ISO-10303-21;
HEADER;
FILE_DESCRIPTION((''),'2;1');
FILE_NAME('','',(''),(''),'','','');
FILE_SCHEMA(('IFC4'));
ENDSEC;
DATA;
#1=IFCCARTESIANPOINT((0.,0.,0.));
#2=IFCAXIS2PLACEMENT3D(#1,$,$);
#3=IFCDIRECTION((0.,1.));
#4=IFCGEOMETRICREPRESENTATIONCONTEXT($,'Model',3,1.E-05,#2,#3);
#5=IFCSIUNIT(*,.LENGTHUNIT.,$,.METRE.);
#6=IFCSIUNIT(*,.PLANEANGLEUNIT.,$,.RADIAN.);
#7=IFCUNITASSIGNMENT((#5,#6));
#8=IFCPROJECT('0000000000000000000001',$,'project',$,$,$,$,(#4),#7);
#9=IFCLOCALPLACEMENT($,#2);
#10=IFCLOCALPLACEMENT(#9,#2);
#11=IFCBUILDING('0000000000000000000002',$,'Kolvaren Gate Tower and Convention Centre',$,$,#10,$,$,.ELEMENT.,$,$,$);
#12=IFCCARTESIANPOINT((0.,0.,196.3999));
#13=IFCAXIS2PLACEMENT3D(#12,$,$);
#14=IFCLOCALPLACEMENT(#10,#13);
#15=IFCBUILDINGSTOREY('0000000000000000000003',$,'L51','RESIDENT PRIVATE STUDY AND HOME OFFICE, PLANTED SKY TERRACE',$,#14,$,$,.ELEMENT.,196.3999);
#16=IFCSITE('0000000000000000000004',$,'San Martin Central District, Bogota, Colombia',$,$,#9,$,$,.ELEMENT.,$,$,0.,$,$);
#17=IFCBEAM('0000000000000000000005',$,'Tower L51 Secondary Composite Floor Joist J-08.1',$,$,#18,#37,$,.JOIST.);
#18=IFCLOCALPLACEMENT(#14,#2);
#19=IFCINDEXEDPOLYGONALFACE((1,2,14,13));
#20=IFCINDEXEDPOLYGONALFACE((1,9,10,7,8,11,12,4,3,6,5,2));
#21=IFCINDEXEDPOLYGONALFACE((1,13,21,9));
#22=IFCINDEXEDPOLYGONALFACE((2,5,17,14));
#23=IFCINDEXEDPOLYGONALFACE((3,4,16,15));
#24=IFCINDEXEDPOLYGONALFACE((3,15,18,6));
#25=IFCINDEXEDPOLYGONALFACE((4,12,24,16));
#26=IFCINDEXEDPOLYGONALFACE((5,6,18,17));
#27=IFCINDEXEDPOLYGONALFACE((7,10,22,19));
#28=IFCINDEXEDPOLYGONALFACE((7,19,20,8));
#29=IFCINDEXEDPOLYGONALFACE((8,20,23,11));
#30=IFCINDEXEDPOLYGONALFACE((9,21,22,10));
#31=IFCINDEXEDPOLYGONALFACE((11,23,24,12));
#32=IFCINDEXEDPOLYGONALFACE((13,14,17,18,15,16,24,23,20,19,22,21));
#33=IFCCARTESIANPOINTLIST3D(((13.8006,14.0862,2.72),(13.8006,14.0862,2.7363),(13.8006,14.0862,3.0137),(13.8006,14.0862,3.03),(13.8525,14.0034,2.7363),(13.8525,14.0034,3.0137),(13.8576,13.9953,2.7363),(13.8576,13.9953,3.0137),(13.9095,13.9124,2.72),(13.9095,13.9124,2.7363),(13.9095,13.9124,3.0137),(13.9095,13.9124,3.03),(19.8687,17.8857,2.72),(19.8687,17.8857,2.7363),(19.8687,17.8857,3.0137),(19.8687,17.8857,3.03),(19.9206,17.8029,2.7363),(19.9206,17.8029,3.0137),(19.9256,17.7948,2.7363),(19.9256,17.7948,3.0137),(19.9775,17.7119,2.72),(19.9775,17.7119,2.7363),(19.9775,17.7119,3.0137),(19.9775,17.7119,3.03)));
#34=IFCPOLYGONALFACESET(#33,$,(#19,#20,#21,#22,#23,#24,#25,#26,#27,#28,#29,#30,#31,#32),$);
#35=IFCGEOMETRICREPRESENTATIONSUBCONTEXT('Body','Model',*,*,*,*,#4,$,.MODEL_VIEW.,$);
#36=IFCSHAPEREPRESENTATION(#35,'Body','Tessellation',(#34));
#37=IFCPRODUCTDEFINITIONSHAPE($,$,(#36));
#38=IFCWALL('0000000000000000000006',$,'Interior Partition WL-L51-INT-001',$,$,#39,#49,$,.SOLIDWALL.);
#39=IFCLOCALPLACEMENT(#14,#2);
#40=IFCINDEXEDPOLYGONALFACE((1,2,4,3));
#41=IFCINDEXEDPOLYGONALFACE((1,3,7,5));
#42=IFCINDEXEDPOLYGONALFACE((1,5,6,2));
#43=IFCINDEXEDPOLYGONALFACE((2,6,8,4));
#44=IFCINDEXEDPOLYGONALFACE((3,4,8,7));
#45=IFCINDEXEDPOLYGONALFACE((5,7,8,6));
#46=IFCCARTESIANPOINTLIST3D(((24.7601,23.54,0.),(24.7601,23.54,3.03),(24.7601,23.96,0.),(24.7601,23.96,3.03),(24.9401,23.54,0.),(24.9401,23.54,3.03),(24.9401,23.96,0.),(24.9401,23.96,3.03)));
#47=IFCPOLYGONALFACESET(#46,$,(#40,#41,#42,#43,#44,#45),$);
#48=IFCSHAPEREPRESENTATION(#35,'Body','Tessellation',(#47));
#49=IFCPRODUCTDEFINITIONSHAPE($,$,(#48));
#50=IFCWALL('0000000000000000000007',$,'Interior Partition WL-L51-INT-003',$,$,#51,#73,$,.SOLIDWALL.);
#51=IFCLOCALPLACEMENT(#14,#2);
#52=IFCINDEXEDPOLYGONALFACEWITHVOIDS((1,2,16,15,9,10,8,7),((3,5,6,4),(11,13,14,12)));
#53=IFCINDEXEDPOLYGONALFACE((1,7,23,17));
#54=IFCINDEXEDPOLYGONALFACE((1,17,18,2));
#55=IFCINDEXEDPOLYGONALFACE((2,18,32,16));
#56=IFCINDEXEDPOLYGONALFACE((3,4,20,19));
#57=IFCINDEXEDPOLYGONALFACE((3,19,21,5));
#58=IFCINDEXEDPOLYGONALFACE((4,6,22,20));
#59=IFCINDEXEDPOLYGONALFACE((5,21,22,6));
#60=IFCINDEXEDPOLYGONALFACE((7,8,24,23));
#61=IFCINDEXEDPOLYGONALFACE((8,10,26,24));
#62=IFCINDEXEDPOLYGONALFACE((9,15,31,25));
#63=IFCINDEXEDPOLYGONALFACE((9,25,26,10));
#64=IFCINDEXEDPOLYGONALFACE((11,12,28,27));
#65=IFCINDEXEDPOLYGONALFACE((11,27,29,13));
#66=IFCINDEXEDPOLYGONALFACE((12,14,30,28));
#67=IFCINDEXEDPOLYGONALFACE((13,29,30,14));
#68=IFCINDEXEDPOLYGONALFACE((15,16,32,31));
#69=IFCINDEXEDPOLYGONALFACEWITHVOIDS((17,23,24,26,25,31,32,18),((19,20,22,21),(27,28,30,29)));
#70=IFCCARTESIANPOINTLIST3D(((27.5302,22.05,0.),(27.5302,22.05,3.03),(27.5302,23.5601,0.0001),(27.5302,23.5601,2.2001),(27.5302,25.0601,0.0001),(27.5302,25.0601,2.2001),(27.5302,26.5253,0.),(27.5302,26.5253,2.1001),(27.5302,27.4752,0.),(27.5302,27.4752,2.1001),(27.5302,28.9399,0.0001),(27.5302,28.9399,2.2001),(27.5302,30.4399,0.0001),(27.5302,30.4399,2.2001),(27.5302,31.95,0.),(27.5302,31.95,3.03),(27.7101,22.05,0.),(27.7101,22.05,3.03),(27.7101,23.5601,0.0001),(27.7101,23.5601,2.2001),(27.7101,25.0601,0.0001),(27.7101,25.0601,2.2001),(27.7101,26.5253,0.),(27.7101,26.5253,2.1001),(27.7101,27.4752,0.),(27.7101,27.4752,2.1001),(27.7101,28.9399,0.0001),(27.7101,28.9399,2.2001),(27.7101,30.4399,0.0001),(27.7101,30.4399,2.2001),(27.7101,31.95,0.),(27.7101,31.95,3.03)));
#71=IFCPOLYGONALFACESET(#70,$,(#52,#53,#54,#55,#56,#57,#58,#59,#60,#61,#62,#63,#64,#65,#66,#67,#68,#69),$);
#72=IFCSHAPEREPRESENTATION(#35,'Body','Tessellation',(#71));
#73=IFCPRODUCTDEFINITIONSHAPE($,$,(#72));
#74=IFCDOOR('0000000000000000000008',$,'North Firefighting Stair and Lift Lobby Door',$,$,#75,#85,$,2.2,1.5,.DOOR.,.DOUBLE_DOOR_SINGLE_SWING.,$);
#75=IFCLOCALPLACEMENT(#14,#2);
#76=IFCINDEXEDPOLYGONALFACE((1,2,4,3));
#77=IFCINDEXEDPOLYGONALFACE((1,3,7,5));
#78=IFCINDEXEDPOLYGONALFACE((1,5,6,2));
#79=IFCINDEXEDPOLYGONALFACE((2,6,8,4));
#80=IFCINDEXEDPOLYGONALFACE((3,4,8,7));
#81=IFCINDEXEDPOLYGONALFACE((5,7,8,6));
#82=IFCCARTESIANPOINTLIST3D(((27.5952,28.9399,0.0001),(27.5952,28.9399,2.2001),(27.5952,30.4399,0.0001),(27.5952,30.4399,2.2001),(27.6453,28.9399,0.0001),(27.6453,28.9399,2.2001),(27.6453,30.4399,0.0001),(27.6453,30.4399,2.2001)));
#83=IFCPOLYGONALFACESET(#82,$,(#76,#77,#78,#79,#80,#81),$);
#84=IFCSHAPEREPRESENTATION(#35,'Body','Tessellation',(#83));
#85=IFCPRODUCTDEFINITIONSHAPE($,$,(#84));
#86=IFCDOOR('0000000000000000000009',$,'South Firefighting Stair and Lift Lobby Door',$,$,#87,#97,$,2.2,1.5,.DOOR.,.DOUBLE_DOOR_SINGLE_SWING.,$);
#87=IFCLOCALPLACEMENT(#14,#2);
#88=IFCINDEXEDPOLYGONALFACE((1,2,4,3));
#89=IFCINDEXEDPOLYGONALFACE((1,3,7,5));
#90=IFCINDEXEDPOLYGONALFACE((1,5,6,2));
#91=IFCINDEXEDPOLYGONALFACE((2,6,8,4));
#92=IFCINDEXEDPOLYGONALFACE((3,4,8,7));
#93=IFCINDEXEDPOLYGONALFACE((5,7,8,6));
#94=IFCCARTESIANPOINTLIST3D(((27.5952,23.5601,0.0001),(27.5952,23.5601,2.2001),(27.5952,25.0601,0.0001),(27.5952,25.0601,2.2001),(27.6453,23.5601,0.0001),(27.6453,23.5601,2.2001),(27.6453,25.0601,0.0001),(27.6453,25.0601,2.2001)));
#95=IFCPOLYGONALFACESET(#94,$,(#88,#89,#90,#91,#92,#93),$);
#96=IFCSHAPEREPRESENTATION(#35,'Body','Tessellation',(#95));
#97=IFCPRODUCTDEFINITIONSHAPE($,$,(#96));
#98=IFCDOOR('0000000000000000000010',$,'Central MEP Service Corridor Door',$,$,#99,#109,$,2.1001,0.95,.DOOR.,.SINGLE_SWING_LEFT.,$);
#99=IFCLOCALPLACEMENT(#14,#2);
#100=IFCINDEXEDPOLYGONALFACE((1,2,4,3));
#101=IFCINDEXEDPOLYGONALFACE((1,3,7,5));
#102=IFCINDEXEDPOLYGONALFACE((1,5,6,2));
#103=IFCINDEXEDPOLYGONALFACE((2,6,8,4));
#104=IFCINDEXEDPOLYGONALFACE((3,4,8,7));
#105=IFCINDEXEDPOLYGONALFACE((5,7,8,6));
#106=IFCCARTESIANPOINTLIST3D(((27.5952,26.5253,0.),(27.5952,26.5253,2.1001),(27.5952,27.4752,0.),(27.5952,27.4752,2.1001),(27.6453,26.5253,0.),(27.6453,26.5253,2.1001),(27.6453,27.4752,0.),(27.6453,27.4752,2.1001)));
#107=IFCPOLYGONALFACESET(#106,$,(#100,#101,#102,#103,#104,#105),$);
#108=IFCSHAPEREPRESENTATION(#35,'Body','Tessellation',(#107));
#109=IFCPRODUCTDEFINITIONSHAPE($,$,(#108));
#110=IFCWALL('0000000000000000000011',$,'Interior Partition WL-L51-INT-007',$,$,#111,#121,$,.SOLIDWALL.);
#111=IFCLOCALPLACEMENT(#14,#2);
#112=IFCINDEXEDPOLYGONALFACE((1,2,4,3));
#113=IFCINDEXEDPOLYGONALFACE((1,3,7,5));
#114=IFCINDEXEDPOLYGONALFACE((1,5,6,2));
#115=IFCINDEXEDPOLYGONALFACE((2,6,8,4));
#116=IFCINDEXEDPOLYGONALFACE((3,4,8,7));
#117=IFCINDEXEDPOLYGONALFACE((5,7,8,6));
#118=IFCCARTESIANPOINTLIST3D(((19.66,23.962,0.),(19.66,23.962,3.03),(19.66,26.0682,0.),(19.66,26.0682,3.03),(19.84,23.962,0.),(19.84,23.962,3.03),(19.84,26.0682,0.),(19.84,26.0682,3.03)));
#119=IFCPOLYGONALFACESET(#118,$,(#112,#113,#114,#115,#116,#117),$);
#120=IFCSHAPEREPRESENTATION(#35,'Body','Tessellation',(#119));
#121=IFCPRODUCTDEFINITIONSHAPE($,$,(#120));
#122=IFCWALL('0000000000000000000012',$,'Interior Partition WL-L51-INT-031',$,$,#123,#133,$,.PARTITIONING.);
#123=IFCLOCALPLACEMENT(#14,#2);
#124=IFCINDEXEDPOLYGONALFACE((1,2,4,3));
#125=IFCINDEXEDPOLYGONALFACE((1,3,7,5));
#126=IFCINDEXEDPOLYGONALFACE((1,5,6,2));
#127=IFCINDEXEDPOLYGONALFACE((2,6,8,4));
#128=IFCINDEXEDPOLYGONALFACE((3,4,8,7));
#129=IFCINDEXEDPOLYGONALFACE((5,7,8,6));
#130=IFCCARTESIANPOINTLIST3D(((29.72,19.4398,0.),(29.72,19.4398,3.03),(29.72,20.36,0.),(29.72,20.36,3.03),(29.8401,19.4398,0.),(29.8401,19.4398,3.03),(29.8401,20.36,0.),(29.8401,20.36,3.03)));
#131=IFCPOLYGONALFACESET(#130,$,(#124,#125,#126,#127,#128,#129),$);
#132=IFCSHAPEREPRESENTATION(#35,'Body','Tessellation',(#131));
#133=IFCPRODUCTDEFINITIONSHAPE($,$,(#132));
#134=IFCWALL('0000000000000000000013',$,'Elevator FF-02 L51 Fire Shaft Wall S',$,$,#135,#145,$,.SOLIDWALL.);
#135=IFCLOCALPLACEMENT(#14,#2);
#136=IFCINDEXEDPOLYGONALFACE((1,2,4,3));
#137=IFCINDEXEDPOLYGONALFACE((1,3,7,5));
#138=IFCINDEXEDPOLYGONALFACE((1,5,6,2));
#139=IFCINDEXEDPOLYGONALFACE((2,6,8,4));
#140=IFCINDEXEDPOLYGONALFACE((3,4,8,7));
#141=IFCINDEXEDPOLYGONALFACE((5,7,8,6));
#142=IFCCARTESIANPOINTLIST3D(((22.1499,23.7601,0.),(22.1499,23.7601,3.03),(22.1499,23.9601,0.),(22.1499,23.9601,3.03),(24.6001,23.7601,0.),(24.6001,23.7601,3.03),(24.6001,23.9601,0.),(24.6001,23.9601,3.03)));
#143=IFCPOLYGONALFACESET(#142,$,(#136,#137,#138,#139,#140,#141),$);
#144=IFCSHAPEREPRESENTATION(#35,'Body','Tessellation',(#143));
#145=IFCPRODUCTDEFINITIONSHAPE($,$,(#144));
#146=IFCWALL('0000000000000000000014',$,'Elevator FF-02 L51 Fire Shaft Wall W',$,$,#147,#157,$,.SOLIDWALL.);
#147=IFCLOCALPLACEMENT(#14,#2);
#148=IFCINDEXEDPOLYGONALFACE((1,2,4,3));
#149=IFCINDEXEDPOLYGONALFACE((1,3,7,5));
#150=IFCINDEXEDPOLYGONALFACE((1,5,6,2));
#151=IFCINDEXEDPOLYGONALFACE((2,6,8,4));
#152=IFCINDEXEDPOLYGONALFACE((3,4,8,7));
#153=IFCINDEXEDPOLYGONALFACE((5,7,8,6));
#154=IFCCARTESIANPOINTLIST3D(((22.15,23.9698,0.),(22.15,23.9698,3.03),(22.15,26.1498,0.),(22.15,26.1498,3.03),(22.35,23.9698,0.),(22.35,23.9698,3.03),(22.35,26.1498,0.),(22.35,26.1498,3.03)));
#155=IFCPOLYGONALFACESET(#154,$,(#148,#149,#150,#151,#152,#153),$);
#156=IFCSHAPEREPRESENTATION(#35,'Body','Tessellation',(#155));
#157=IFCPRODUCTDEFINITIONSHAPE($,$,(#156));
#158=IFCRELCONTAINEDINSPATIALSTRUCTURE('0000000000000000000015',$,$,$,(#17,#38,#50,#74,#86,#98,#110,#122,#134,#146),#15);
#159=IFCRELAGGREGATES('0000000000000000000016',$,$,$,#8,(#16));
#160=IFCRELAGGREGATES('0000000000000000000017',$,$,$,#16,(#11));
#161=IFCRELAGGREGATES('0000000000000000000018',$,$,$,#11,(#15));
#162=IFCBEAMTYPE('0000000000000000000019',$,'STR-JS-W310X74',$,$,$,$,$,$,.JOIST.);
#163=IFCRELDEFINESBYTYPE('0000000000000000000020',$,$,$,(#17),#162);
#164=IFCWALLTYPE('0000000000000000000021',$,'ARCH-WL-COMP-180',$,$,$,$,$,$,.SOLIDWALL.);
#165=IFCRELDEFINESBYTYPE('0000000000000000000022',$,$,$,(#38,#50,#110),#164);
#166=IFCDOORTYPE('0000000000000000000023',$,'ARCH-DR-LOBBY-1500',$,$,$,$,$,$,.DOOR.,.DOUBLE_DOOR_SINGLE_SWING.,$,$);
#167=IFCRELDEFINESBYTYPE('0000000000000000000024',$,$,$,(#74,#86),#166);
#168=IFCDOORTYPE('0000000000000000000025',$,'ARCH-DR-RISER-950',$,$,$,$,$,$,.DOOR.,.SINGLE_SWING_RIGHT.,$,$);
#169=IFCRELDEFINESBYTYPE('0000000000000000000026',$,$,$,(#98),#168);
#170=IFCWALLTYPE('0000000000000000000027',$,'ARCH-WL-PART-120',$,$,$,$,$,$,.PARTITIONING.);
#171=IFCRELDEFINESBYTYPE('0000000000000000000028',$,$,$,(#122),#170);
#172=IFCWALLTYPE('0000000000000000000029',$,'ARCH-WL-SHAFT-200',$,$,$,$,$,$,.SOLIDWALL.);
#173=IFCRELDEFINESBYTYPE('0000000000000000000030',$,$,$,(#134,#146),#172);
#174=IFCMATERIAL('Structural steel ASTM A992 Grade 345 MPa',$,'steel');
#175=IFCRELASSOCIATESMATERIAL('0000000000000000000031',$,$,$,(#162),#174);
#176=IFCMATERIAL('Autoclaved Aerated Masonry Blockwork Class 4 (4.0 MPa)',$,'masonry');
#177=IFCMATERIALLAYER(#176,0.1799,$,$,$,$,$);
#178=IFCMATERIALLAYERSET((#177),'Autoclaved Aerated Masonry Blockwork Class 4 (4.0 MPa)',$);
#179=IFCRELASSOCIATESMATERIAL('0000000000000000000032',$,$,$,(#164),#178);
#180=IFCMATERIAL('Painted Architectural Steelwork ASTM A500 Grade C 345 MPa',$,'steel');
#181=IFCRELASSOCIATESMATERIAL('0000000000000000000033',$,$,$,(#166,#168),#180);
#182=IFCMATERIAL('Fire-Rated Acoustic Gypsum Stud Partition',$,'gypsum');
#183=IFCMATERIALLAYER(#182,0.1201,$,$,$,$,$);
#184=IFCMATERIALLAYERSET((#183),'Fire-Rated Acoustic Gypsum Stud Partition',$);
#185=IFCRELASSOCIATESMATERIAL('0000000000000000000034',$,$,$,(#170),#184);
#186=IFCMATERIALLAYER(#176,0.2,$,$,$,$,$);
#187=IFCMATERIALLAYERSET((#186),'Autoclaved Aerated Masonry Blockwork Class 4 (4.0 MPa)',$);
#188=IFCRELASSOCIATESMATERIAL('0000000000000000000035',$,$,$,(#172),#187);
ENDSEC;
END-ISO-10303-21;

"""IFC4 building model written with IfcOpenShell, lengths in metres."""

from ifc_helpers import new_model, si_unit, direction, frame, frame_2d, origin, origin_2d, place, context, subcontext, project, spatial, rectangle, i_section, extrude, material, layer, layer_set, material_profile, profile_set, type_object, element, fill, save


model = new_model("IFC4")

# Units and contexts
model_context = context("Model", 3, precision=1e-05, world=origin(), true_north=direction((0.0, 1.0)))
body_context = subcontext(model_context, "Body", "Model", "MODEL_VIEW")
ifc_project = project(units=[si_unit("LENGTHUNIT", "METRE"), si_unit("PLANEANGLEUNIT", "RADIAN")], contexts=[model_context])

# Site, building, storey
site_placement = place(None, origin())
site = spatial("IfcSite", under=ifc_project, at=site_placement, Name="San Martin Central District, Bogota, Colombia", CompositionType="ELEMENT", RefElevation=0.0)
building_placement = place(site_placement, origin())
building = spatial("IfcBuilding", under=site, at=building_placement, Name="Kolvaren Gate Tower and Convention Centre", CompositionType="ELEMENT")
storey_placement = place(building_placement, frame((0.0, 0.0, 196.3999)))
storey = spatial("IfcBuildingStorey", under=building, at=storey_placement, Name="L51", Description="RESIDENT PRIVATE STUDY AND HOME OFFICE, PLANTED SKY TERRACE", CompositionType="ELEMENT", Elevation=196.3999)

# Beam
ifc_material_1 = material(Name="Structural steel ASTM A992 Grade 345 MPa", Category="steel")
ifc_material_profile = material_profile(ifc_material_1, i_section(OverallWidth=0.2051, OverallDepth=0.3101, WebThickness=0.0095, FlangeThickness=0.0164, at=origin_2d()), Name="W310X74")
ifc_profile_set = profile_set([ifc_material_profile], Name="Structural steel ASTM A992 Grade 345 MPa")
beam_type = type_object("IfcBeamType", Name="STR-JS-W310X74", PredefinedType="JOIST", material=ifc_profile_set)
beam_placement = place(storey_placement, frame((19.9231, 17.7988, 2.875), z_axis=(-0.847559, -0.530701, 0.0), x_axis=(0.530701, -0.847559, 0.0)))
element("IfcBeam", 1, at=beam_placement, inside=storey, type_object=beam_type, Name="Tower L51 Secondary Composite Floor Joist J-08.1", PredefinedType="JOIST", context=body_context, shape_type="SweptSolid", body=[
    extrude(i_section(OverallWidth=0.2051, OverallDepth=0.3101, WebThickness=0.0095, FlangeThickness=0.0164, at=origin_2d()), origin(), (0.0, 0.0, 1.0), 7.1594),
])

# Wall
ifc_material_2 = material(Name="Autoclaved Aerated Masonry Blockwork Class 4 (4.0 MPa)", Category="masonry")
ifc_layer_1 = layer(ifc_material_2, 0.1799)
ifc_layer_set_1 = layer_set([ifc_layer_1], Name="Autoclaved Aerated Masonry Blockwork Class 4 (4.0 MPa)")
wall_type_1 = type_object("IfcWallType", Name="ARCH-WL-COMP-180", PredefinedType="SOLIDWALL", material=ifc_layer_set_1)
wall_1_placement = place(storey_placement, frame((24.8501, 23.54, 0.0), z_axis=(0.0, 0.0, 1.0), x_axis=(0.0, 1.0, 0.0)))
element("IfcWall", 2, at=wall_1_placement, inside=storey, type_object=wall_type_1, Name="Interior Partition WL-L51-INT-001", PredefinedType="SOLIDWALL", context=body_context, shape_type="SweptSolid", body=[
    extrude(rectangle(XDim=0.4199, YDim=0.1799, at=frame_2d((0.21, 0.0))), origin(), (0.0, 0.0, 1.0), 3.03),
])

# Wall, openings, doors
wall_2_placement = place(storey_placement, frame((27.6201, 22.05, 0.0), z_axis=(0.0, 0.0, 1.0), x_axis=(0.0, 1.0, 0.0)))
wall_2 = element("IfcWall", 3, at=wall_2_placement, inside=storey, type_object=wall_type_1, Name="Interior Partition WL-L51-INT-003", PredefinedType="SOLIDWALL", context=body_context, shape_type="SweptSolid", body=[
    extrude(rectangle(XDim=9.8999, YDim=0.1799, at=frame_2d((4.95, 0.0))), origin(), (0.0, 0.0, 1.0), 3.03),
])
opening_1_placement = place(wall_2_placement, frame((4.4751, 0.0, 0.0)))
opening_1 = element("IfcOpeningElement", 4, at=opening_1_placement, cuts=wall_2, PredefinedType="OPENING", context=body_context, shape_type="SweptSolid", body=[
    extrude(rectangle(XDim=0.95, YDim=2.1001, at=frame_2d((0.4751, 1.05))), frame((0.0, 0.0999, 0.0), z_axis=(0.0, -1.0, 0.0), x_axis=(1.0, 0.0, 0.0)), (0.0, 0.0, 1.0), 0.2),
])
opening_2_placement = place(wall_2_placement, frame((6.8899, 0.0, 0.0)))
opening_2 = element("IfcOpeningElement", 5, at=opening_2_placement, cuts=wall_2, PredefinedType="OPENING", context=body_context, shape_type="SweptSolid", body=[
    extrude(rectangle(XDim=1.5, YDim=2.2, at=frame_2d((0.75, 1.1001))), frame((0.0, 0.0999, 0.0), z_axis=(0.0, -1.0, 0.0), x_axis=(1.0, 0.0, 0.0)), (0.0, 0.0, 1.0), 0.2),
])
opening_3_placement = place(wall_2_placement, frame((1.51, 0.0, 0.0)))
opening_3 = element("IfcOpeningElement", 6, at=opening_3_placement, cuts=wall_2, PredefinedType="OPENING", context=body_context, shape_type="SweptSolid", body=[
    extrude(rectangle(XDim=1.5, YDim=2.2, at=frame_2d((0.75, 1.1001))), frame((0.0, 0.0999, 0.0), z_axis=(0.0, -1.0, 0.0), x_axis=(1.0, 0.0, 0.0)), (0.0, 0.0, 1.0), 0.2),
])
ifc_material_3 = material(Name="Painted Architectural Steelwork ASTM A500 Grade C 345 MPa", Category="steel")
door_type_1 = type_object("IfcDoorType", Name="ARCH-DR-LOBBY-1500", OperationType="DOUBLE_DOOR_SINGLE_SWING", PredefinedType="DOOR", material=ifc_material_3)
door_1_placement = place(opening_2_placement, origin())
door_1 = element("IfcDoor", 7, at=door_1_placement, inside=storey, type_object=door_type_1, Name="North Firefighting Stair and Lift Lobby Door", OperationType="DOUBLE_DOOR_SINGLE_SWING", OverallHeight=2.2, OverallWidth=1.5, PredefinedType="DOOR", context=body_context, shape_type="SweptSolid", body=[
    extrude(rectangle(XDim=1.5, YDim=2.2, at=frame_2d((0.75, 1.1001))), frame((0.0, 0.0249, 0.0), z_axis=(0.0, -1.0, 0.0), x_axis=(1.0, 0.0, 0.0)), (0.0, 0.0, 1.0), 0.05),
])
fill(opening_2, door_1)
door_2_placement = place(opening_3_placement, origin())
door_2 = element("IfcDoor", 8, at=door_2_placement, inside=storey, type_object=door_type_1, Name="South Firefighting Stair and Lift Lobby Door", OperationType="DOUBLE_DOOR_SINGLE_SWING", OverallHeight=2.2, OverallWidth=1.5, PredefinedType="DOOR", context=body_context, shape_type="SweptSolid", body=[
    extrude(rectangle(XDim=1.5, YDim=2.2, at=frame_2d((0.75, 1.1001))), frame((0.0, 0.0249, 0.0), z_axis=(0.0, -1.0, 0.0), x_axis=(1.0, 0.0, 0.0)), (0.0, 0.0, 1.0), 0.05),
])
fill(opening_3, door_2)
door_type_2 = type_object("IfcDoorType", Name="ARCH-DR-RISER-950", OperationType="SINGLE_SWING_RIGHT", PredefinedType="DOOR", material=ifc_material_3)
door_3_placement = place(opening_1_placement, origin())
door_3 = element("IfcDoor", 9, at=door_3_placement, inside=storey, type_object=door_type_2, Name="Central MEP Service Corridor Door", OperationType="SINGLE_SWING_LEFT", OverallHeight=2.1001, OverallWidth=0.95, PredefinedType="DOOR", context=body_context, shape_type="SweptSolid", body=[
    extrude(rectangle(XDim=0.95, YDim=2.1001, at=frame_2d((0.4751, 1.05))), frame((0.0, 0.0249, 0.0), z_axis=(0.0, -1.0, 0.0), x_axis=(1.0, 0.0, 0.0)), (0.0, 0.0, 1.0), 0.05),
])
fill(opening_1, door_3)

# Walls
wall_3_placement = place(storey_placement, frame((19.75, 23.9619, 0.0), z_axis=(0.0, 0.0, 1.0), x_axis=(0.0, 1.0, 0.0)))
element("IfcWall", 10, at=wall_3_placement, inside=storey, type_object=wall_type_1, Name="Interior Partition WL-L51-INT-007", PredefinedType="SOLIDWALL", context=body_context, shape_type="SweptSolid", body=[
    extrude(rectangle(XDim=2.1062, YDim=0.1799, at=frame_2d((1.0532, 0.0))), origin(), (0.0, 0.0, 1.0), 3.03),
])
ifc_material_4 = material(Name="Fire-Rated Acoustic Gypsum Stud Partition", Category="gypsum")
ifc_layer_2 = layer(ifc_material_4, 0.1201)
ifc_layer_set_2 = layer_set([ifc_layer_2], Name="Fire-Rated Acoustic Gypsum Stud Partition")
wall_type_2 = type_object("IfcWallType", Name="ARCH-WL-PART-120", PredefinedType="PARTITIONING", material=ifc_layer_set_2)
wall_4_placement = place(storey_placement, frame((29.78, 19.4399, 0.0), z_axis=(0.0, 0.0, 1.0), x_axis=(0.0, 1.0, 0.0)))
element("IfcWall", 11, at=wall_4_placement, inside=storey, type_object=wall_type_2, Name="Interior Partition WL-L51-INT-031", PredefinedType="PARTITIONING", context=body_context, shape_type="SweptSolid", body=[
    extrude(rectangle(XDim=0.9202, YDim=0.1201, at=frame_2d((0.46, 0.0))), origin(), (0.0, 0.0, 1.0), 3.03),
])
ifc_layer_3 = layer(ifc_material_2, 0.2)
ifc_layer_set_3 = layer_set([ifc_layer_3], Name="Autoclaved Aerated Masonry Blockwork Class 4 (4.0 MPa)")
wall_type_3 = type_object("IfcWallType", Name="ARCH-WL-SHAFT-200", PredefinedType="SOLIDWALL", material=ifc_layer_set_3)
wall_5_placement = place(storey_placement, frame((22.1499, 23.8601, 0.0), z_axis=(0.0, 0.0, 1.0), x_axis=(1.0, 0.0, 0.0)))
element("IfcWall", 12, at=wall_5_placement, inside=storey, type_object=wall_type_3, Name="Elevator FF-02 L51 Fire Shaft Wall S", PredefinedType="SOLIDWALL", context=body_context, shape_type="SweptSolid", body=[
    extrude(rectangle(XDim=2.4502, YDim=0.2, at=frame_2d((1.2251, 0.0))), origin(), (0.0, 0.0, 1.0), 3.03),
])
wall_6_placement = place(storey_placement, frame((22.25, 23.97, 0.0), z_axis=(0.0, 0.0, 1.0), x_axis=(0.0, 1.0, 0.0)))
element("IfcWall", 13, at=wall_6_placement, inside=storey, type_object=wall_type_3, Name="Elevator FF-02 L51 Fire Shaft Wall W", PredefinedType="SOLIDWALL", context=body_context, shape_type="SweptSolid", body=[
    extrude(rectangle(XDim=2.1799, YDim=0.2, at=frame_2d((1.0898, 0.0))), origin(), (0.0, 0.0, 1.0), 3.03),
])

save(model, "model.ifc")
